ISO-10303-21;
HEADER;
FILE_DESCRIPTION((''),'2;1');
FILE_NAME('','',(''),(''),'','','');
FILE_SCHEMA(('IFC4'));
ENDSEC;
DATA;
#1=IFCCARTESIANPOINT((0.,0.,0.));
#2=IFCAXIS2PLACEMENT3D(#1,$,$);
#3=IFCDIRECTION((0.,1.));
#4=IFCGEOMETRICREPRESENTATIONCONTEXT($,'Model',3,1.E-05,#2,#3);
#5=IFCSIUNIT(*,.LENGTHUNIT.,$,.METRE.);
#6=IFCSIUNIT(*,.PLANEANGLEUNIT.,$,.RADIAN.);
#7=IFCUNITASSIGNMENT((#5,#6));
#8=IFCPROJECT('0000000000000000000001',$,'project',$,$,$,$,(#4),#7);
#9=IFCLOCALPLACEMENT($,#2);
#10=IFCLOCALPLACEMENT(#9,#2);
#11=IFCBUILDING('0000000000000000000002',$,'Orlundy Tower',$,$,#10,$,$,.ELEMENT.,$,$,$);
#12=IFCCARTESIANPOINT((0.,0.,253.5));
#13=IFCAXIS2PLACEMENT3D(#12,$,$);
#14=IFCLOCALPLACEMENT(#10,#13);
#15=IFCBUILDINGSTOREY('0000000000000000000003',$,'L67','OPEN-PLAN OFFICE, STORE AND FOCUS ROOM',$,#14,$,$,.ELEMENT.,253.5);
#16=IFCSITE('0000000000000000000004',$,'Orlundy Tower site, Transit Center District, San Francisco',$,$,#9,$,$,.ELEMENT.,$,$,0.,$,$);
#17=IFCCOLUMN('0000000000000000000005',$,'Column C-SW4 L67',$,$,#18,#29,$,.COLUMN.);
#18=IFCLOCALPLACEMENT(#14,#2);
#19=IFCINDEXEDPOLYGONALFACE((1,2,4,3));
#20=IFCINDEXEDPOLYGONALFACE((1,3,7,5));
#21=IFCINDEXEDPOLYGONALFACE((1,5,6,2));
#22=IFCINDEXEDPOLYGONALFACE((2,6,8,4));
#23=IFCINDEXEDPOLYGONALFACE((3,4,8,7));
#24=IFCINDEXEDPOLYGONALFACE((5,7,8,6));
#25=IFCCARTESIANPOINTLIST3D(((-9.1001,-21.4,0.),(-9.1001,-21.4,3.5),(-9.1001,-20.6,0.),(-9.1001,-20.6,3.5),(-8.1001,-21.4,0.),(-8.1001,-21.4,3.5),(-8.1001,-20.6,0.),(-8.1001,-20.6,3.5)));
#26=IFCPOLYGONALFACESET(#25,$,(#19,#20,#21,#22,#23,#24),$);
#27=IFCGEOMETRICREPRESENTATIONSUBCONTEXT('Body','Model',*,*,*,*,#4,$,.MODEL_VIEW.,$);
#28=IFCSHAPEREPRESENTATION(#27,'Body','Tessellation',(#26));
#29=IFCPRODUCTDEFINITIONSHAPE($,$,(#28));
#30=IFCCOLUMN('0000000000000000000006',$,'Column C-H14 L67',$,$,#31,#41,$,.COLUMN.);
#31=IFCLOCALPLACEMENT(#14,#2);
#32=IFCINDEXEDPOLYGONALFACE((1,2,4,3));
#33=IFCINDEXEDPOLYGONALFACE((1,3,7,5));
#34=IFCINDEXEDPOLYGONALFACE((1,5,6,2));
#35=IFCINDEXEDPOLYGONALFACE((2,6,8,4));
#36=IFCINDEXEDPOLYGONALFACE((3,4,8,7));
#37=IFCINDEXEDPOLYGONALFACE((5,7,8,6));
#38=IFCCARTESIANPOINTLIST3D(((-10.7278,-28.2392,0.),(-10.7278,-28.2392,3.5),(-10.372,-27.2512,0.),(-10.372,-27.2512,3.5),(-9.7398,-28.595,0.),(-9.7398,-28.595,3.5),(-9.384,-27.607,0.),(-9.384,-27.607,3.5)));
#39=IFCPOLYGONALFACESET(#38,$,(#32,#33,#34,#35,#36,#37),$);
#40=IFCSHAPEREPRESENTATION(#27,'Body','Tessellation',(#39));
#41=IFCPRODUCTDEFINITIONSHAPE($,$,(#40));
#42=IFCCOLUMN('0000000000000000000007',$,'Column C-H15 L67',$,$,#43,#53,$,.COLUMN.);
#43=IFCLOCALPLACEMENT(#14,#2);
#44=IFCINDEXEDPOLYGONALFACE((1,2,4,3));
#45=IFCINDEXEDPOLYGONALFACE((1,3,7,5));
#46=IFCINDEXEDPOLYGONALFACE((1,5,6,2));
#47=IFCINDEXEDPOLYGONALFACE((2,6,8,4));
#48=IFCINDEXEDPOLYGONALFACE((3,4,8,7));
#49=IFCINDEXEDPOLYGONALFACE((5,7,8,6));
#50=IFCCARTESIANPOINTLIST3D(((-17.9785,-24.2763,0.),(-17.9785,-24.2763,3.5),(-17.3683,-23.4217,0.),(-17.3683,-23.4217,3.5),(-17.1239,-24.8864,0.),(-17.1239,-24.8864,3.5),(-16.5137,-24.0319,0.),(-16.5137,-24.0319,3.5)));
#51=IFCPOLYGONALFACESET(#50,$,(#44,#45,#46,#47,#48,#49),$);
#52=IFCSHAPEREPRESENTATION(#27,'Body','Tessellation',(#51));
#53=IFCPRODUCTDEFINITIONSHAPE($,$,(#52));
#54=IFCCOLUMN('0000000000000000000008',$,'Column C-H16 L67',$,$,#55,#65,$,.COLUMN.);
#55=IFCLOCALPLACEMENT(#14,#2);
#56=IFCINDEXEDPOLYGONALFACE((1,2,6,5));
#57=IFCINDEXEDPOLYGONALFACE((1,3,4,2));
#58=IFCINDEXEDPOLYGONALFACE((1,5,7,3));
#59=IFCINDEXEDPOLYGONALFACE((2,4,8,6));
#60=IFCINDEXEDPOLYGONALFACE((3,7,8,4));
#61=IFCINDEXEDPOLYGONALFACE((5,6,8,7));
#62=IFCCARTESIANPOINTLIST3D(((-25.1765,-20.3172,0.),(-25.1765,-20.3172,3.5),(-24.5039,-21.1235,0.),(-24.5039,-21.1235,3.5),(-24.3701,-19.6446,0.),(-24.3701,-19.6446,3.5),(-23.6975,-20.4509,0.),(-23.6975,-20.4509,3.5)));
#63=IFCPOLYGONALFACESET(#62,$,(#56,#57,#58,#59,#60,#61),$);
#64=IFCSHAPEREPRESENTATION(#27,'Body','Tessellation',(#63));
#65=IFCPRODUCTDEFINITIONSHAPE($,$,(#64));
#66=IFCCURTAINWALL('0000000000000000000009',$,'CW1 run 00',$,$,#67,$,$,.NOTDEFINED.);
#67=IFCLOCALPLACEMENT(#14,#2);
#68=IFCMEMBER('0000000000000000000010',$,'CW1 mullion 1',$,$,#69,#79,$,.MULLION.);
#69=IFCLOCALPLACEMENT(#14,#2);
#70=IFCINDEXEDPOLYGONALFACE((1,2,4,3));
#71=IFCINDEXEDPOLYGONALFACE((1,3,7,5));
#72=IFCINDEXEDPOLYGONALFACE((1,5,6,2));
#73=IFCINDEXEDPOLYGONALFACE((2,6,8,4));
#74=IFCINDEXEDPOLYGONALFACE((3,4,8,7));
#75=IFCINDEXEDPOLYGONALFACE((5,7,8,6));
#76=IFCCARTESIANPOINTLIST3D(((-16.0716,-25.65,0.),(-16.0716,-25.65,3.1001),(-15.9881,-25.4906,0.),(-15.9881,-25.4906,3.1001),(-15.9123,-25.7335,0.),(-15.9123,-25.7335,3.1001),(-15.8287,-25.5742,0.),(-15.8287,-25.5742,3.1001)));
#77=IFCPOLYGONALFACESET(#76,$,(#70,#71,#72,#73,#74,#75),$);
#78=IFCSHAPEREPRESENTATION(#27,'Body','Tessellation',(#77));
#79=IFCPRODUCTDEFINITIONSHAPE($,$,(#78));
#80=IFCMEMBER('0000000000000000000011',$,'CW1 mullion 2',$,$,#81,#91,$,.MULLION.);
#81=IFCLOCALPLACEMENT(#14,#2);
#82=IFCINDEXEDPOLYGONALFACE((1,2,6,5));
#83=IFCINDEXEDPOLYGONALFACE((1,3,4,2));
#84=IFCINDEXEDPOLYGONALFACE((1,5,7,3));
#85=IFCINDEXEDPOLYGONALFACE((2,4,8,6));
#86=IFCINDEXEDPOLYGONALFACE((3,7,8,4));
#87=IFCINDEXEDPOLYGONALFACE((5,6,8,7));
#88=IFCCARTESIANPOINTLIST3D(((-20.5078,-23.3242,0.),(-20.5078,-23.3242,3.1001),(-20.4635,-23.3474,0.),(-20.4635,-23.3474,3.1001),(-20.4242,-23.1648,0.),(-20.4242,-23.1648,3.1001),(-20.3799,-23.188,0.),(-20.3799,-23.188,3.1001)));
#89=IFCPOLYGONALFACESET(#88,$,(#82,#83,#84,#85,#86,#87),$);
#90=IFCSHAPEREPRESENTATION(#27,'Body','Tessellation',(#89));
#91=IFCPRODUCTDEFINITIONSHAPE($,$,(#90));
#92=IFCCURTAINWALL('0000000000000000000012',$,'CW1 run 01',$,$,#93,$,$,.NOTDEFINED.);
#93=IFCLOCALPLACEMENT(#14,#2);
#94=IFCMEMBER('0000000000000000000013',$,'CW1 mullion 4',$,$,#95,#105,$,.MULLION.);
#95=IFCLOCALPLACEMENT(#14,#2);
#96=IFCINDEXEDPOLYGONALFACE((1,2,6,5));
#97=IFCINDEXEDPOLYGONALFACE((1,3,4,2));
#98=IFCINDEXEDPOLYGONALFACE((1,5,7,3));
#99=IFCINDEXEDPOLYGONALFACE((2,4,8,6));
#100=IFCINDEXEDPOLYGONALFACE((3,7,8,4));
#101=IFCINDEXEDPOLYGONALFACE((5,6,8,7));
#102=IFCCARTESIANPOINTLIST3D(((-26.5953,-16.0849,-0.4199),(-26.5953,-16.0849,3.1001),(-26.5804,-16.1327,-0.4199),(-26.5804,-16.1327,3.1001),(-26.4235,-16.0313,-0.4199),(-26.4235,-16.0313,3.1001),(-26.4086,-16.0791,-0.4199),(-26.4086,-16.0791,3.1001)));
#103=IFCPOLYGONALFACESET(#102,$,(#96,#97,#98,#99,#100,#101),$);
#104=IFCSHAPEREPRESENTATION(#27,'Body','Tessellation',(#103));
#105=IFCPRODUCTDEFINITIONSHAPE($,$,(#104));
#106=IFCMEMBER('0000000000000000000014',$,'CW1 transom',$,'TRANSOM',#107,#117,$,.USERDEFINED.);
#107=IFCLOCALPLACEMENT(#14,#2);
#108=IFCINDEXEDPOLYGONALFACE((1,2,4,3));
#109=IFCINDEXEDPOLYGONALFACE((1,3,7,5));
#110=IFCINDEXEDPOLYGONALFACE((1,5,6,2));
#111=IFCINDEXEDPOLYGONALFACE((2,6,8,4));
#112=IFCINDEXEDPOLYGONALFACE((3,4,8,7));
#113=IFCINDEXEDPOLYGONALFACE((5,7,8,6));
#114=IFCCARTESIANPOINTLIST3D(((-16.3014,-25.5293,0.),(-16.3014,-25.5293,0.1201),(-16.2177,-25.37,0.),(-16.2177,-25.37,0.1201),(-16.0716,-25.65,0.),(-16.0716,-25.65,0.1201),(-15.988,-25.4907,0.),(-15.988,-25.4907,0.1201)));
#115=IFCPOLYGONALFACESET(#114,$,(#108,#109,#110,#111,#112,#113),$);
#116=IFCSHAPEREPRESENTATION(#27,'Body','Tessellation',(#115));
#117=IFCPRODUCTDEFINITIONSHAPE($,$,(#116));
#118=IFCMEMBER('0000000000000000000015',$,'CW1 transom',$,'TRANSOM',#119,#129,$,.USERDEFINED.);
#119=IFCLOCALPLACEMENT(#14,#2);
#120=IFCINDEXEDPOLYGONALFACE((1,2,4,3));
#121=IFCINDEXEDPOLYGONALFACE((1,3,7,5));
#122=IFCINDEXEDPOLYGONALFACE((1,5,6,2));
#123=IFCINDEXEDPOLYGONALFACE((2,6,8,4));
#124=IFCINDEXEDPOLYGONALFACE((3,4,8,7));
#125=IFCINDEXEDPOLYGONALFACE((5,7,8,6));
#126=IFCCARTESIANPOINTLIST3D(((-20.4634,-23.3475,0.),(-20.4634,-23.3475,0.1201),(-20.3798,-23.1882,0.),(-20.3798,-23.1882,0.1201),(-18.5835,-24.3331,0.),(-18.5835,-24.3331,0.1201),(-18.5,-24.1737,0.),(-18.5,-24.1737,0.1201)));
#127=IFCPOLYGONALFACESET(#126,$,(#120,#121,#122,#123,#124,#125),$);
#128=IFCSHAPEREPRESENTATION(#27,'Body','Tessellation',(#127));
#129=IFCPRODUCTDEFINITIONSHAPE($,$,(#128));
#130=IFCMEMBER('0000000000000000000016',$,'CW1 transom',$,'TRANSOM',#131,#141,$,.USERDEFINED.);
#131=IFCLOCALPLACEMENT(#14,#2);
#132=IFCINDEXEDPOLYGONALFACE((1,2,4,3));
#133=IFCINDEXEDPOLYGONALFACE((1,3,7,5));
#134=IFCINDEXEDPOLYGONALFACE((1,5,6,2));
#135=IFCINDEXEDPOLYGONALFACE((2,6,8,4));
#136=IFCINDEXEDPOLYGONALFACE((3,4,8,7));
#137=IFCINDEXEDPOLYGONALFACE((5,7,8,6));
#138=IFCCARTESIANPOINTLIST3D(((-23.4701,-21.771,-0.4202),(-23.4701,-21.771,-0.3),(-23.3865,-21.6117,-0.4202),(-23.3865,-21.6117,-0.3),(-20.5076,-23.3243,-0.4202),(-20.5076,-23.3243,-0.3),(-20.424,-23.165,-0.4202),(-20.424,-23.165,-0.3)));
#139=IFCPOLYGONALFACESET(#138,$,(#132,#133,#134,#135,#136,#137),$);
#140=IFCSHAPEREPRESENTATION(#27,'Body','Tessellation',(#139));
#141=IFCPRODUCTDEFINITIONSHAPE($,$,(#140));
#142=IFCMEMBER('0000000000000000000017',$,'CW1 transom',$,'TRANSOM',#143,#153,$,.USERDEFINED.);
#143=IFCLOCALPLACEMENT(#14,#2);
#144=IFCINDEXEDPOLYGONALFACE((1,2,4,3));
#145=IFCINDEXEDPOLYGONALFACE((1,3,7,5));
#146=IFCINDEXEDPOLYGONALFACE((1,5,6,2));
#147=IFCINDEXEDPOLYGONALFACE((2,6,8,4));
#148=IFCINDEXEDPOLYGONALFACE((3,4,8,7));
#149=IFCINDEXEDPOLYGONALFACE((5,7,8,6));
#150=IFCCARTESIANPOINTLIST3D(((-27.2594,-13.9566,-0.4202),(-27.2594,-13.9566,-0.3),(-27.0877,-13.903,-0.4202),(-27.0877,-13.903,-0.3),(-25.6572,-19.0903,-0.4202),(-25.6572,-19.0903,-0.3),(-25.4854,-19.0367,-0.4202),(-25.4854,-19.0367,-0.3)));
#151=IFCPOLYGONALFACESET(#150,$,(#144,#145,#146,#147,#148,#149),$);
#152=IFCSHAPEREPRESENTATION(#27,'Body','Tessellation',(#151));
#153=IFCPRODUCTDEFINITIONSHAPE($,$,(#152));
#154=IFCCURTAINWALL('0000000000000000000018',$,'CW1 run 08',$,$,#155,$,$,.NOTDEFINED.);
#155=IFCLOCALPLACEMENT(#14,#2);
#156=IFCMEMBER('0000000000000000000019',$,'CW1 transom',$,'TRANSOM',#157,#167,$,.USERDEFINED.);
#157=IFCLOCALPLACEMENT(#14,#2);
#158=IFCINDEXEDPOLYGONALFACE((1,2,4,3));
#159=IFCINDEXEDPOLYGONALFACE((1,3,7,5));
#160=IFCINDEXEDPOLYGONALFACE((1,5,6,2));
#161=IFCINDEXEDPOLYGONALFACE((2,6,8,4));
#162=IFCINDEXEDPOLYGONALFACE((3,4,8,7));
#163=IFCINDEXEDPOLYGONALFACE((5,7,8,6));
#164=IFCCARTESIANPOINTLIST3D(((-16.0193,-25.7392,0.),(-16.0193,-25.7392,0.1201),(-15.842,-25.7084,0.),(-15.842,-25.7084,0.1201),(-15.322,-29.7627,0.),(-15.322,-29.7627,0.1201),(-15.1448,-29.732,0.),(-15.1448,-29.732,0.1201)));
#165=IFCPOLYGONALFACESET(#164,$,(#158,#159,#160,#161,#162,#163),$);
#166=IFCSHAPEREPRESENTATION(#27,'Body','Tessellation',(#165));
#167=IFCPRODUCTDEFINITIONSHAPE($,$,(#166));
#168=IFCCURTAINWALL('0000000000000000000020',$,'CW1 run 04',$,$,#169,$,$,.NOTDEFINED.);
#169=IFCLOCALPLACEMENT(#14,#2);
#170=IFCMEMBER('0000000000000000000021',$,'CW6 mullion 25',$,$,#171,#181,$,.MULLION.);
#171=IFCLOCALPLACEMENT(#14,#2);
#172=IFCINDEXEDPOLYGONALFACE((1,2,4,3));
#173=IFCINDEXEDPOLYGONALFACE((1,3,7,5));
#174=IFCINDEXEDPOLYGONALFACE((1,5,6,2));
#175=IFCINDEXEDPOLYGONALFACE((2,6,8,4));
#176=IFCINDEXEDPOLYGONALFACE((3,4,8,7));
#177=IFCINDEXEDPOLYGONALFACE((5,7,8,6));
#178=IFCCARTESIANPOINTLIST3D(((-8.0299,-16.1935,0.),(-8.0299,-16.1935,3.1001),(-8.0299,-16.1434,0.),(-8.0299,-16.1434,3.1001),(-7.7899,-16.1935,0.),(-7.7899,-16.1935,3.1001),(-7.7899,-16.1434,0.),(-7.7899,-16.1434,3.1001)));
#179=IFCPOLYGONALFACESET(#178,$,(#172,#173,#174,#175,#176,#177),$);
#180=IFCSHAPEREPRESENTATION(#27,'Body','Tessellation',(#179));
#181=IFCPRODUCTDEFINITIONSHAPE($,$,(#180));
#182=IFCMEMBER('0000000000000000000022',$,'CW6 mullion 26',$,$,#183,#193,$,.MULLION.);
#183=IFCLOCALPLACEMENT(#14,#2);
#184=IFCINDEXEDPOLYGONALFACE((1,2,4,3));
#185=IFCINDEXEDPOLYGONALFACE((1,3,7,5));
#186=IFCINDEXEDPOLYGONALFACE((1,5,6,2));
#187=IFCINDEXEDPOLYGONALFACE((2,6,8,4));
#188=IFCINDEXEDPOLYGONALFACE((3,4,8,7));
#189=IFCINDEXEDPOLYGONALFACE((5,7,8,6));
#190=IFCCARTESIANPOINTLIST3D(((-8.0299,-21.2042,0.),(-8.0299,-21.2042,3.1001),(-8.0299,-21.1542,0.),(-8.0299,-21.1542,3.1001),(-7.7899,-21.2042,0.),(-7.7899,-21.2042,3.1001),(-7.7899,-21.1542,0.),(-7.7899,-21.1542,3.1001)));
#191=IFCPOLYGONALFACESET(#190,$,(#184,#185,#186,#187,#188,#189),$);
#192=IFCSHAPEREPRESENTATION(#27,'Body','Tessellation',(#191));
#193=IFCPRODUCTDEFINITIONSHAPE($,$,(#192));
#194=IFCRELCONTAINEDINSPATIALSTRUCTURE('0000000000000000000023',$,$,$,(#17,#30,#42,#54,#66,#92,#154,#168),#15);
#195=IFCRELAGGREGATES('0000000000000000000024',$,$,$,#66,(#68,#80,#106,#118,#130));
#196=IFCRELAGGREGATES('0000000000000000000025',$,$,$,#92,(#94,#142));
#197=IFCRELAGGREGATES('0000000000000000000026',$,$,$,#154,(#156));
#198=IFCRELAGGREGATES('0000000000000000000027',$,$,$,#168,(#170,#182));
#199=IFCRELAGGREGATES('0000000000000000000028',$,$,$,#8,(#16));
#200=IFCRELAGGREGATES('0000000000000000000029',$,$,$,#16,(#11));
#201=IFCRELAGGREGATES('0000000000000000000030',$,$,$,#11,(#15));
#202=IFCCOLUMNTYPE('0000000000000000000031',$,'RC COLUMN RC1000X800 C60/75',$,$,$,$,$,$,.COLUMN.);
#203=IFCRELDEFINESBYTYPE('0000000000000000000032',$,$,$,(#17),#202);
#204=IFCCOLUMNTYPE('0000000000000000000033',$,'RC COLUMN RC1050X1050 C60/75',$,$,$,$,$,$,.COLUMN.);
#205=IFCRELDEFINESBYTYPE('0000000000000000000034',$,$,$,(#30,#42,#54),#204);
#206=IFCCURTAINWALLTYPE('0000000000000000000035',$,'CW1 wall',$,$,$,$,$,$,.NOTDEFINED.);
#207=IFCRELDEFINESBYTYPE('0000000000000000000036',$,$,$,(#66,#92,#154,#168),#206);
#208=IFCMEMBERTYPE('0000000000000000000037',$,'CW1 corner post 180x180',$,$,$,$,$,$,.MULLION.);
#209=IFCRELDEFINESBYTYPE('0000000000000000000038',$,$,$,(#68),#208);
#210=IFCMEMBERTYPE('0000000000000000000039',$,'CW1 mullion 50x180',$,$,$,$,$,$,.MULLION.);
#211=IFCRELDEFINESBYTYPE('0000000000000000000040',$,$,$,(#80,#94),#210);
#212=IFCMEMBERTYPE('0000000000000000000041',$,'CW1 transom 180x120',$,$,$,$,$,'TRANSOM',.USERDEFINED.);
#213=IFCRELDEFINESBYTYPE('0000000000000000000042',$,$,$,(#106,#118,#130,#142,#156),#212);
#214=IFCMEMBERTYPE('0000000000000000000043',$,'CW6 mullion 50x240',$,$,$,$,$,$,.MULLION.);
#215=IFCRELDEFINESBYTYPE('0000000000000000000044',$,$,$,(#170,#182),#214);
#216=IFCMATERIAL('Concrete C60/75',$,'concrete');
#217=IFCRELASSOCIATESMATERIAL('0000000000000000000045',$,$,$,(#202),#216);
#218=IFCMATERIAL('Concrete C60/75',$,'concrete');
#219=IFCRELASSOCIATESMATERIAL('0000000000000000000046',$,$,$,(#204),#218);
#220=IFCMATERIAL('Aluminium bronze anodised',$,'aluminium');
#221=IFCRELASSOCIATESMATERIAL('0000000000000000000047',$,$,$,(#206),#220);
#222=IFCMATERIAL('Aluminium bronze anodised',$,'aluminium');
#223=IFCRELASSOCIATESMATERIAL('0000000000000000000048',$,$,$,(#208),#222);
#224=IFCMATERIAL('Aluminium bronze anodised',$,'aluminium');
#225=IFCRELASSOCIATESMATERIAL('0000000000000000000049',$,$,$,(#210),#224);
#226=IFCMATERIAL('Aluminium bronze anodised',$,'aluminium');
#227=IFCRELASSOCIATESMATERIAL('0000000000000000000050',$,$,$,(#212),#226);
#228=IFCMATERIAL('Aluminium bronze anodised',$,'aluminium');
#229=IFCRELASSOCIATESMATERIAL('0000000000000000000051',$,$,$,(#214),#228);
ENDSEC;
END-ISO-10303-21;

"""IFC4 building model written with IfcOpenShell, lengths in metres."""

from ifc_helpers import new_model, si_unit, direction, frame, origin, origin_2d, place, context, subcontext, project, spatial, rectangle, extrude, material, material_profile, profile_set, type_object, element, aggregate, save


model = new_model("IFC4")

# Units and contexts
model_context = context("Model", 3, precision=1e-05, world=origin(), true_north=direction((0.0, 1.0)))
body_context = subcontext(model_context, "Body", "Model", "MODEL_VIEW")
ifc_project = project(units=[si_unit("LENGTHUNIT", "METRE"), si_unit("PLANEANGLEUNIT", "RADIAN")], contexts=[model_context])

# Site, building, storey
site_placement = place(None, origin())
site = spatial("IfcSite", under=ifc_project, at=site_placement, Name="Orlundy Tower site, Transit Center District, San Francisco", CompositionType="ELEMENT", RefElevation=0.0)
building_placement = place(site_placement, origin())
building = spatial("IfcBuilding", under=site, at=building_placement, Name="Orlundy Tower", CompositionType="ELEMENT")
storey_placement = place(building_placement, frame((0.0, 0.0, 253.5)))
storey = spatial("IfcBuildingStorey", under=building, at=storey_placement, Name="L67", Description="OPEN-PLAN OFFICE, STORE AND FOCUS ROOM", CompositionType="ELEMENT", Elevation=253.5)

# Columns
ifc_material_1 = material(Name="Concrete C60/75", Category="concrete")
ifc_material_profile_1 = material_profile(ifc_material_1, rectangle(XDim=1.0, YDim=0.8, at=origin_2d()), Name="RC1000X800")
ifc_profile_set_1 = profile_set([ifc_material_profile_1], Name="Concrete C60/75")
column_type_1 = type_object("IfcColumnType", Name="RC COLUMN RC1000X800 C60/75", PredefinedType="COLUMN", material=ifc_profile_set_1)
column_placement = place(storey_placement, frame((-8.6001, -21.0, 0.0), z_axis=(0.0, 0.0, 1.0), x_axis=(1.0, 0.0, 0.0)))
element("IfcColumn", 1, at=column_placement, inside=storey, type_object=column_type_1, Name="Column C-SW4 L67", PredefinedType="COLUMN", context=body_context, shape_type="SweptSolid", body=[
    extrude(rectangle(XDim=1.0, YDim=0.8, at=origin_2d()), origin(), (0.0, 0.0, 1.0), 3.5),
])
ifc_material_2 = material(Name="Concrete C60/75", Category="concrete")
ifc_material_profile_2 = material_profile(ifc_material_2, rectangle(XDim=1.05, YDim=1.05, at=origin_2d()), Name="RC1050X1050")
ifc_profile_set_2 = profile_set([ifc_material_profile_2], Name="Concrete C60/75")
column_type_2 = type_object("IfcColumnType", Name="RC COLUMN RC1050X1050 C60/75", PredefinedType="COLUMN", material=ifc_profile_set_2)
for number, where, z_axis, x_axis, name in (
    (2, (-10.0559, -27.9231, 0.0), (0.0, 0.0, 1.0), (-0.338836, -0.940845, 0.0), "Column C-H14 L67"),
    (3, (-17.2461, -24.1541, 0.0), (0.0, 0.0, 1.0), (-0.581087, -0.813842, 0.0), "Column C-H15 L67"),
    (4, (-24.437, -20.384, 0.0), (0.0, 0.0, 1.0), (-0.767915, -0.640552, 0.0), "Column C-H16 L67"),
):
    element("IfcColumn", number, at=place(storey_placement, frame(where, z_axis=z_axis, x_axis=x_axis)), inside=storey, type_object=column_type_2, Name=name, PredefinedType="COLUMN", context=body_context, shape_type="SweptSolid", body=[
        extrude(rectangle(XDim=1.05, YDim=1.05, at=origin_2d()), origin(), (0.0, 0.0, 1.0), 3.5),
    ])

# Curtain wall, members
ifc_material_3 = material(Name="Aluminium bronze anodised", Category="aluminium")
curtain_wall_type = type_object("IfcCurtainWallType", Name="CW1 wall", PredefinedType="NOTDEFINED", material=ifc_material_3)
curtain_wall_1_placement = place(storey_placement, origin())
curtain_wall_1 = element("IfcCurtainWall", 5, at=curtain_wall_1_placement, inside=storey, type_object=curtain_wall_type, Name="CW1 run 00", PredefinedType="NOTDEFINED")
ifc_material_4 = material(Name="Aluminium bronze anodised", Category="aluminium")
ifc_material_profile_3 = material_profile(ifc_material_4, rectangle(XDim=0.1799, YDim=0.1799, at=origin_2d()), Name="CW1 corner post 180x180")
ifc_profile_set_3 = profile_set([ifc_material_profile_3], Name="Aluminium bronze anodised")
member_type_1 = type_object("IfcMemberType", Name="CW1 corner post 180x180", PredefinedType="MULLION", material=ifc_profile_set_3)
member_1_placement = place(storey_placement, frame((-15.9502, -25.6121, 0.0), z_axis=(0.0, 0.0, 1.0), x_axis=(-0.464325, -0.885665, 0.0)))
member_1 = element("IfcMember", 6, at=member_1_placement, type_object=member_type_1, Name="CW1 mullion 1", PredefinedType="MULLION", context=body_context, shape_type="SweptSolid", body=[
    extrude(rectangle(XDim=0.1799, YDim=0.1799, at=origin_2d()), origin(), (0.0, 0.0, 1.0), 3.1001),
])
ifc_material_5 = material(Name="Aluminium bronze anodised", Category="aluminium")
ifc_material_profile_4 = material_profile(ifc_material_5, rectangle(XDim=0.1799, YDim=0.05, at=origin_2d()), Name="CW1 mullion 50x180")
ifc_profile_set_4 = profile_set([ifc_material_profile_4], Name="Aluminium bronze anodised")
member_type_2 = type_object("IfcMemberType", Name="CW1 mullion 50x180", PredefinedType="MULLION", material=ifc_profile_set_4)
member_2_placement = place(storey_placement, frame((-20.4438, -23.2561, 0.0), z_axis=(0.0, 0.0, 1.0), x_axis=(-0.464325, -0.885665, 0.0)))
member_2 = element("IfcMember", 7, at=member_2_placement, type_object=member_type_2, Name="CW1 mullion 2", PredefinedType="MULLION", context=body_context, shape_type="SweptSolid", body=[
    extrude(rectangle(XDim=0.1799, YDim=0.05, at=origin_2d()), origin(), (0.0, 0.0, 1.0), 3.1001),
])

# Curtain wall, member
curtain_wall_2_placement = place(storey_placement, origin())
curtain_wall_2 = element("IfcCurtainWall", 8, at=curtain_wall_2_placement, inside=storey, type_object=curtain_wall_type, Name="CW1 run 01", PredefinedType="NOTDEFINED")
member_3_placement = place(storey_placement, frame((-26.502, -16.082, -0.4199), z_axis=(0.0, 0.0, 1.0), x_axis=(-0.95458, -0.297954, 0.0)))
member_3 = element("IfcMember", 9, at=member_3_placement, type_object=member_type_2, Name="CW1 mullion 4", PredefinedType="MULLION", context=body_context, shape_type="SweptSolid", body=[
    extrude(rectangle(XDim=0.1799, YDim=0.05, at=origin_2d()), origin(), (0.0, 0.0, 1.0), 3.52),
])

# Members
ifc_material_6 = material(Name="Aluminium bronze anodised", Category="aluminium")
ifc_material_profile_5 = material_profile(ifc_material_6, rectangle(XDim=0.1799, YDim=0.1201, at=origin_2d()), Name="CW1 transom 180x120")
ifc_profile_set_5 = profile_set([ifc_material_profile_5], Name="Aluminium bronze anodised")
member_type_3 = type_object("IfcMemberType", Name="CW1 transom 180x120", ElementType="TRANSOM", PredefinedType="USERDEFINED", material=ifc_profile_set_5)
member_4_placement = place(storey_placement, frame((-16.0298, -25.5703, 0.0601), z_axis=(-0.885408, 0.464815, 0.0), x_axis=(-0.464815, -0.885408, 0.0)))
member_4 = element("IfcMember", 10, at=member_4_placement, type_object=member_type_3, Name="CW1 transom", ObjectType="TRANSOM", PredefinedType="USERDEFINED", context=body_context, shape_type="SweptSolid", body=[
    extrude(rectangle(XDim=0.1799, YDim=0.1201, at=origin_2d()), origin(), (0.0, 0.0, 1.0), 0.2595),
])
member_5_placement = place(storey_placement, frame((-18.5417, -24.2534, 0.0601), z_axis=(-0.885658, 0.464338, 0.0), x_axis=(-0.464338, -0.885658, 0.0)))
member_5 = element("IfcMember", 11, at=member_5_placement, type_object=member_type_3, Name="CW1 transom", ObjectType="TRANSOM", PredefinedType="USERDEFINED", context=body_context, shape_type="SweptSolid", body=[
    extrude(rectangle(XDim=0.1799, YDim=0.1201, at=origin_2d()), origin(), (0.0, 0.0, 1.0), 2.1226),
])
member_6_placement = place(storey_placement, frame((-20.4658, -23.2446, -0.3601), z_axis=(-0.885649, 0.464356, 0.0), x_axis=(-0.464356, -0.885649, 0.0)))
member_6 = element("IfcMember", 12, at=member_6_placement, type_object=member_type_3, Name="CW1 transom", ObjectType="TRANSOM", PredefinedType="USERDEFINED", context=body_context, shape_type="SweptSolid", body=[
    extrude(rectangle(XDim=0.1799, YDim=0.1201, at=origin_2d()), origin(), (0.0, 0.0, 1.0), 3.345),
])
member_7_placement = place(storey_placement, frame((-25.5713, -19.0635, -0.3601), z_axis=(-0.297934, 0.954587, 0.0), x_axis=(-0.954587, -0.297934, 0.0)))
member_7 = element("IfcMember", 13, at=member_7_placement, type_object=member_type_3, Name="CW1 transom", ObjectType="TRANSOM", PredefinedType="USERDEFINED", context=body_context, shape_type="SweptSolid", body=[
    extrude(rectangle(XDim=0.1799, YDim=0.1201, at=origin_2d()), origin(), (0.0, 0.0, 1.0), 5.3779),
])

# Curtain wall, member
curtain_wall_3_placement = place(storey_placement, origin())
curtain_wall_3 = element("IfcCurtainWall", 14, at=curtain_wall_3_placement, inside=storey, type_object=curtain_wall_type, Name="CW1 run 08", PredefinedType="NOTDEFINED")
member_8_placement = place(storey_placement, frame((-15.2334, -29.7473, 0.0601), z_axis=(-0.170756, 0.985313, 0.0), x_axis=(-0.985313, -0.170756, 0.0)))
member_8 = element("IfcMember", 15, at=member_8_placement, type_object=member_type_3, Name="CW1 transom", ObjectType="TRANSOM", PredefinedType="USERDEFINED", context=body_context, shape_type="SweptSolid", body=[
    extrude(rectangle(XDim=0.1799, YDim=0.1201, at=origin_2d()), origin(), (0.0, 0.0, 1.0), 4.0835),
])

# Curtain wall, members
curtain_wall_4_placement = place(storey_placement, origin())
curtain_wall_4 = element("IfcCurtainWall", 16, at=curtain_wall_4_placement, inside=storey, type_object=curtain_wall_type, Name="CW1 run 04", PredefinedType="NOTDEFINED")
ifc_material_7 = material(Name="Aluminium bronze anodised", Category="aluminium")
ifc_material_profile_6 = material_profile(ifc_material_7, rectangle(XDim=0.24, YDim=0.05, at=origin_2d()), Name="CW6 mullion 50x240")
ifc_profile_set_6 = profile_set([ifc_material_profile_6], Name="Aluminium bronze anodised")
member_type_4 = type_object("IfcMemberType", Name="CW6 mullion 50x240", PredefinedType="MULLION", material=ifc_profile_set_6)
member_9_placement = place(storey_placement, frame((-7.9099, -16.1685, 0.0), z_axis=(0.0, 0.0, 1.0), x_axis=(1.0, 0.0, 0.0)))
member_9 = element("IfcMember", 17, at=member_9_placement, type_object=member_type_4, Name="CW6 mullion 25", PredefinedType="MULLION", context=body_context, shape_type="SweptSolid", body=[
    extrude(rectangle(XDim=0.24, YDim=0.05, at=origin_2d()), origin(), (0.0, 0.0, 1.0), 3.1001),
])
member_10_placement = place(storey_placement, frame((-7.9099, -21.1792, 0.0), z_axis=(0.0, 0.0, 1.0), x_axis=(1.0, 0.0, 0.0)))
member_10 = element("IfcMember", 18, at=member_10_placement, type_object=member_type_4, Name="CW6 mullion 26", PredefinedType="MULLION", context=body_context, shape_type="SweptSolid", body=[
    extrude(rectangle(XDim=0.24, YDim=0.05, at=origin_2d()), origin(), (0.0, 0.0, 1.0), 3.1001),
])

aggregate(curtain_wall_1, [member_1, member_2, member_4, member_5, member_6])
aggregate(curtain_wall_2, [member_3, member_7])
aggregate(curtain_wall_3, [member_8])
aggregate(curtain_wall_4, [member_9, member_10])

save(model, "model.ifc")
